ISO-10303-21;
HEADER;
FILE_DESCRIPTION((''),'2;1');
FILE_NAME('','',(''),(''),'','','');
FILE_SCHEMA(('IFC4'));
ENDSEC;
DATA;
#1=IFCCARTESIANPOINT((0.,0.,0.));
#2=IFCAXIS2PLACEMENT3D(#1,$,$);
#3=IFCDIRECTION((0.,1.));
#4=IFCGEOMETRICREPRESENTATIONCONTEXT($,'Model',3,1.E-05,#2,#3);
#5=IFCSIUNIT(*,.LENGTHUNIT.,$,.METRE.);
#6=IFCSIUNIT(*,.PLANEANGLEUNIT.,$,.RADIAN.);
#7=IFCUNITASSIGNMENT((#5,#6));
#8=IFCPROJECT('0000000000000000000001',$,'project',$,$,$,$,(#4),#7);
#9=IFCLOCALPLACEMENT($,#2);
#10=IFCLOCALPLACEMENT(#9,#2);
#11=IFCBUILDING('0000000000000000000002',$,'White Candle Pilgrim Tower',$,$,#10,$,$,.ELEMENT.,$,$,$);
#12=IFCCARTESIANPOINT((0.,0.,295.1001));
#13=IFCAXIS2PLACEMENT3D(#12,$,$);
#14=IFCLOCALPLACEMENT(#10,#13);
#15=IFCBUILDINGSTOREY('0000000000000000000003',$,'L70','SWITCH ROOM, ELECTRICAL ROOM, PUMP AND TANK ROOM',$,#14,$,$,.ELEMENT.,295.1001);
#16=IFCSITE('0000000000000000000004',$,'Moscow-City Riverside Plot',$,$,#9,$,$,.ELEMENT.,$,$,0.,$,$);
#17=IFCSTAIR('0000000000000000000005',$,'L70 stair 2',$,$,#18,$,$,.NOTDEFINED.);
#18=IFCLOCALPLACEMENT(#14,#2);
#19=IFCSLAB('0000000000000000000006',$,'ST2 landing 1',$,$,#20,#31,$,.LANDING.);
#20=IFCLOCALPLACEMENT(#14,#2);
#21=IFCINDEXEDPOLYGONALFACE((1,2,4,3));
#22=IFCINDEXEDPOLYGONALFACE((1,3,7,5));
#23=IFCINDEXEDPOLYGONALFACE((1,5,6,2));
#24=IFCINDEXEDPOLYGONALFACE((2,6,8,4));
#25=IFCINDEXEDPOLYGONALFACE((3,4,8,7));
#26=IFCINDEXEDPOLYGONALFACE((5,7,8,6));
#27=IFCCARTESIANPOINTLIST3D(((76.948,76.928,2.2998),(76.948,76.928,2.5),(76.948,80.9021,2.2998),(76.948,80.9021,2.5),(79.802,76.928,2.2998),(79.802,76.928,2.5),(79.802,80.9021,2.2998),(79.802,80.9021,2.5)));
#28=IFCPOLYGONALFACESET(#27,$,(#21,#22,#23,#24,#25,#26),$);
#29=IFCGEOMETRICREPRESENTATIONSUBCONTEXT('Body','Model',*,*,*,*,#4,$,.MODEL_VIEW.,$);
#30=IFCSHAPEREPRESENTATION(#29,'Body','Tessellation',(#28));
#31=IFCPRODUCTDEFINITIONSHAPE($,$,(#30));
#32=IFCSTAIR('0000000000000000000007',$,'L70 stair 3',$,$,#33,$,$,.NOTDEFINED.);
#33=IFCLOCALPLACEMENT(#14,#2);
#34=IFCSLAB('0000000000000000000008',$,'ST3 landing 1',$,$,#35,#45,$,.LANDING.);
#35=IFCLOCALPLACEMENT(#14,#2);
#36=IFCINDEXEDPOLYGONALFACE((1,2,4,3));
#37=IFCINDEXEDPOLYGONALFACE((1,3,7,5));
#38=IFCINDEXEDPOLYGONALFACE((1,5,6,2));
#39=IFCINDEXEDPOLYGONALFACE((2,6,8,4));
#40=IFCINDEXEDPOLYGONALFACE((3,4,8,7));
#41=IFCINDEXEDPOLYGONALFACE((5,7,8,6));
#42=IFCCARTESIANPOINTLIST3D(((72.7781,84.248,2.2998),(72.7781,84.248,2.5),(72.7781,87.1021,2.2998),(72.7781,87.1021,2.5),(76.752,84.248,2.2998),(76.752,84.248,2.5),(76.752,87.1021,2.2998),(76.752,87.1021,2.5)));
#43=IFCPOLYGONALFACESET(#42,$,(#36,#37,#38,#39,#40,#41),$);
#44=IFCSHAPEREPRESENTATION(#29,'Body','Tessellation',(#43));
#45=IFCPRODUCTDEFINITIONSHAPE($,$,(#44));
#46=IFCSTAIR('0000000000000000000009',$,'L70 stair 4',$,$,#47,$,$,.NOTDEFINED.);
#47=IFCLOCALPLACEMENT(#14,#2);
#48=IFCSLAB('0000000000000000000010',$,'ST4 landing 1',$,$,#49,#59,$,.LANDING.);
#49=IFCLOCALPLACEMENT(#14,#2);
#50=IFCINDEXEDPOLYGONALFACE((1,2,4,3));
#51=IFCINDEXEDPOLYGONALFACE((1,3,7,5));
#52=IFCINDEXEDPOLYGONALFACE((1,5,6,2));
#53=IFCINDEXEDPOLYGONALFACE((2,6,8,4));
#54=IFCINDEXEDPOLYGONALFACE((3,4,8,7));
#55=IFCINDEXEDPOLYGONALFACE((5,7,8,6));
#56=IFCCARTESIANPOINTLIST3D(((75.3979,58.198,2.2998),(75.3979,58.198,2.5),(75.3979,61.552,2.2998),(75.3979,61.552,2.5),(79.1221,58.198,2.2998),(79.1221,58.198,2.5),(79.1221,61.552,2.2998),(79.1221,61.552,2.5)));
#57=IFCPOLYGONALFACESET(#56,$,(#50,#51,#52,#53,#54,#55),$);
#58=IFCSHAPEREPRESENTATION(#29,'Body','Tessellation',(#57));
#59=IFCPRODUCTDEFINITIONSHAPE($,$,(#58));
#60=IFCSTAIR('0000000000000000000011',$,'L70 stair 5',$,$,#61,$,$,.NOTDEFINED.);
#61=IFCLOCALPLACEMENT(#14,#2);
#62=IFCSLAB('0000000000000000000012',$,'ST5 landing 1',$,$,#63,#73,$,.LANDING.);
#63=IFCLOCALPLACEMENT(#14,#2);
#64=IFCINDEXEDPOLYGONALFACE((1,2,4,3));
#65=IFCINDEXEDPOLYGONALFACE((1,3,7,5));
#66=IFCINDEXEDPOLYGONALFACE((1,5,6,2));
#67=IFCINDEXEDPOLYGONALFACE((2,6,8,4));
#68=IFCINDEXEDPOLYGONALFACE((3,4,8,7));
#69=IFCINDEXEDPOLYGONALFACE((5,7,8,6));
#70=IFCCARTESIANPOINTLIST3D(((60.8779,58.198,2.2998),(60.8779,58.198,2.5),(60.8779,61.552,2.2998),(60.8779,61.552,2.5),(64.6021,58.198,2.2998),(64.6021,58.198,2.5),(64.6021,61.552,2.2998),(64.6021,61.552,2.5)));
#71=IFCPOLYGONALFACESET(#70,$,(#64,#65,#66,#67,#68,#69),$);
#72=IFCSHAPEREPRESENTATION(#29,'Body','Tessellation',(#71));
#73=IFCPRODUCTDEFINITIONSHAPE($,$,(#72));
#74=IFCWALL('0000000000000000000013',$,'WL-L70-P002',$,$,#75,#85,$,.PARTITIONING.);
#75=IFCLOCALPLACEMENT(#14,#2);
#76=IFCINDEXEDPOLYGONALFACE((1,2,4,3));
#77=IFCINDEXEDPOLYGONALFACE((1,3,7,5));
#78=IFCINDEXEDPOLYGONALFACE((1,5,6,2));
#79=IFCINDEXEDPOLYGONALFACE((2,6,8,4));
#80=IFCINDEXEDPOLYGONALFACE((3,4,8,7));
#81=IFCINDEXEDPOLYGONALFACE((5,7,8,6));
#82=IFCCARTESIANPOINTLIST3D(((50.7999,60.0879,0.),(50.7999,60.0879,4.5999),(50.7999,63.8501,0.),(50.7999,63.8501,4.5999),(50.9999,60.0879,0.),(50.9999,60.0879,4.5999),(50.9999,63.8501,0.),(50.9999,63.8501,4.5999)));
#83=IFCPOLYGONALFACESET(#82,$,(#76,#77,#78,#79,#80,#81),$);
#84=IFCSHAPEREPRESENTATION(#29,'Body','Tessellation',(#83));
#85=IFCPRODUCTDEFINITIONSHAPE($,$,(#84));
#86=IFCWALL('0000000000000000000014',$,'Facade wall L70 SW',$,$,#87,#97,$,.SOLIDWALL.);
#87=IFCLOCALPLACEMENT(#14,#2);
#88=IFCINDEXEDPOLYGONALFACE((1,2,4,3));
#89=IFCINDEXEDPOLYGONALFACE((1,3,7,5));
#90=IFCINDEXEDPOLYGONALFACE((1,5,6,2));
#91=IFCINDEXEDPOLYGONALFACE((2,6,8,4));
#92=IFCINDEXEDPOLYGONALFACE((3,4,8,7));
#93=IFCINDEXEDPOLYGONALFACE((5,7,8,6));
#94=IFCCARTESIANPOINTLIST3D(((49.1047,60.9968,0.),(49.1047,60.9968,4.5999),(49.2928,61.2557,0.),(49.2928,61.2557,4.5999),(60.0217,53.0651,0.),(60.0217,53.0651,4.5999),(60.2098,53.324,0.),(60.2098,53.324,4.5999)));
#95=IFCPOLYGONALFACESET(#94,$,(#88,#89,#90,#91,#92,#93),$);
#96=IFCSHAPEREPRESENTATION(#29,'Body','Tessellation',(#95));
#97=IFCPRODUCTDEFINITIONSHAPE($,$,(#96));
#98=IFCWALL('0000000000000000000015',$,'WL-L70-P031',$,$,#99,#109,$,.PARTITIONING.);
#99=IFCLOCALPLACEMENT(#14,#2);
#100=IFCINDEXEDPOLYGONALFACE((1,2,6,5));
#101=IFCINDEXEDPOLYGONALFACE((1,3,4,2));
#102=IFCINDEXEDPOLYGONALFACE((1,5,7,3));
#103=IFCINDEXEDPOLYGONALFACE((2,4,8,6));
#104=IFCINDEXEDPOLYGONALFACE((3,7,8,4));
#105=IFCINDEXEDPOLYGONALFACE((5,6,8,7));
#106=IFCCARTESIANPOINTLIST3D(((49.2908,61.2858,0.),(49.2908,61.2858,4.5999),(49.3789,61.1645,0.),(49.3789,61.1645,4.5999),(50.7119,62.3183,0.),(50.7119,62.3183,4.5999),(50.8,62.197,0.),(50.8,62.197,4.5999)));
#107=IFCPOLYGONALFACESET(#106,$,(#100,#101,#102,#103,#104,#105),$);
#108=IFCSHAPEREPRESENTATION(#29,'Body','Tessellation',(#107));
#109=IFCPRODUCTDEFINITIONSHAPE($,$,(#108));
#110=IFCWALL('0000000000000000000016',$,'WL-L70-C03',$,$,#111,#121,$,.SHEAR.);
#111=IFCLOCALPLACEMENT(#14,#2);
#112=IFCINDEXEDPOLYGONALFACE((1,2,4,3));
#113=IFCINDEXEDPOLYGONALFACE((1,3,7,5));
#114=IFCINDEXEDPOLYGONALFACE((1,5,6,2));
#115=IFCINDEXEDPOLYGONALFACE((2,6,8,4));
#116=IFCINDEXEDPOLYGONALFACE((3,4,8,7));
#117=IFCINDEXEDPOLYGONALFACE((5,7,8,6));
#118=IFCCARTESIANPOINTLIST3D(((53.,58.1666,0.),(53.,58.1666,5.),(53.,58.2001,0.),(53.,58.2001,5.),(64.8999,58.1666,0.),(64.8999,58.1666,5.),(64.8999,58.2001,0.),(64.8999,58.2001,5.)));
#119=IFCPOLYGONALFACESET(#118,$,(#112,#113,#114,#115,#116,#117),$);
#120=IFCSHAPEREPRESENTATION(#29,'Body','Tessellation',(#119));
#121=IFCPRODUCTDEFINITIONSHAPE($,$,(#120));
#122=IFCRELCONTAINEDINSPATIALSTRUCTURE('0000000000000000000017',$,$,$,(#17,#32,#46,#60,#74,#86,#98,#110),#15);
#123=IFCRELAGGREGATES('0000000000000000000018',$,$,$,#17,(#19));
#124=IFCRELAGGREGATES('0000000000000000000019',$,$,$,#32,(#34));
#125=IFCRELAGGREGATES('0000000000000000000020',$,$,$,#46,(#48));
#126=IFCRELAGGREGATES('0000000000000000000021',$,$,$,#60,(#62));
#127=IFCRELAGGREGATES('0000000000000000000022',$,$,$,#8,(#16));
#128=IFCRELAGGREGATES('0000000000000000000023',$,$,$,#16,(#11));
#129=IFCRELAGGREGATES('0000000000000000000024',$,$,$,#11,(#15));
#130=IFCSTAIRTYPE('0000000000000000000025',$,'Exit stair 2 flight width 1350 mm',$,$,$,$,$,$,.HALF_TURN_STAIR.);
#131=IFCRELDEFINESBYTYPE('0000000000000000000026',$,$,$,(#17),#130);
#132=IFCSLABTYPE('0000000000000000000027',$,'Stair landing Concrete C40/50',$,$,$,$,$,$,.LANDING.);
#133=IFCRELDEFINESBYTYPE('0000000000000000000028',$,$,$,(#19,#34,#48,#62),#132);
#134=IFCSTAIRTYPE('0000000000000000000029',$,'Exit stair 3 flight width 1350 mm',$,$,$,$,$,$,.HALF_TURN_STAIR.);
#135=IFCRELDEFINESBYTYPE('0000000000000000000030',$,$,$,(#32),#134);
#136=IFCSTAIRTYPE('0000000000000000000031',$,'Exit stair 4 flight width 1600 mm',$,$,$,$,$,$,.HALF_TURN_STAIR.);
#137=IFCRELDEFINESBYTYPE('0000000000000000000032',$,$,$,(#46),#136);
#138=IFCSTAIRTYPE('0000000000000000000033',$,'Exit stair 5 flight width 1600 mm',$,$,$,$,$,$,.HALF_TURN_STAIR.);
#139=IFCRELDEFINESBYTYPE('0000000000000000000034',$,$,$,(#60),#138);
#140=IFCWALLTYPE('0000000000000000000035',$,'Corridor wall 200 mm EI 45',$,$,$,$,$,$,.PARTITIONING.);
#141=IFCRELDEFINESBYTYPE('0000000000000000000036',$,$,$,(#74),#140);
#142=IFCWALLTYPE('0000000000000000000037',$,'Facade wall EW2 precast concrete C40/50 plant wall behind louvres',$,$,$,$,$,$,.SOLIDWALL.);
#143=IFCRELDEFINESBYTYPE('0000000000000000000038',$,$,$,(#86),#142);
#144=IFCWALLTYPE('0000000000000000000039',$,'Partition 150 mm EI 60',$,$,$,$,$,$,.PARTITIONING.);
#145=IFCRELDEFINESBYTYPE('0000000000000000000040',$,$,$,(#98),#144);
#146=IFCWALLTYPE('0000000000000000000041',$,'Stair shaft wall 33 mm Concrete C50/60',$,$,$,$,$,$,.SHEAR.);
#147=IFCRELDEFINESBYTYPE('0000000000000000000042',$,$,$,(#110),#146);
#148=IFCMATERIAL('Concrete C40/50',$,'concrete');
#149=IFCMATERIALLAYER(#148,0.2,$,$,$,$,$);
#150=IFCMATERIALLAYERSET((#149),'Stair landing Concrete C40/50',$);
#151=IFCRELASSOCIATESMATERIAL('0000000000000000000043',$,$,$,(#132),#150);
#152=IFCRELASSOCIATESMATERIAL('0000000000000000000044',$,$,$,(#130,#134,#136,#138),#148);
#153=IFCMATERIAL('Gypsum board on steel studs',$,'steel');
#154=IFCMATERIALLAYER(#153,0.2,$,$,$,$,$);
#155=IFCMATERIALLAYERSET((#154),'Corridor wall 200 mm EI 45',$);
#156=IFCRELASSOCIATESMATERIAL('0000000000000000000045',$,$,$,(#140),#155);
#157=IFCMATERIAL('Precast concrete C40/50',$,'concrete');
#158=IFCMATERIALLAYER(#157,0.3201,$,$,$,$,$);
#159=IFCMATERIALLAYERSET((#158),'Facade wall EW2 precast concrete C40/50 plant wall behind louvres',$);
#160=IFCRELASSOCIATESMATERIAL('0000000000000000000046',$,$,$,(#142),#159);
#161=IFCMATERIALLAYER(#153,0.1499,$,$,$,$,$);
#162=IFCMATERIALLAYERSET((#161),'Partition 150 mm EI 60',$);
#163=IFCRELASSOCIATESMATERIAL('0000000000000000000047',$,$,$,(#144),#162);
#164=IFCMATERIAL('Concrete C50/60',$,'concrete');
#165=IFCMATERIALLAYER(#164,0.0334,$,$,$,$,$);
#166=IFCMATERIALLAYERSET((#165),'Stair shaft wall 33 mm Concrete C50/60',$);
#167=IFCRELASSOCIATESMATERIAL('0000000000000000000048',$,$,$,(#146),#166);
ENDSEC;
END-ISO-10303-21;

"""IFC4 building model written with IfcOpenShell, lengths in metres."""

from ifc_helpers import new_model, si_unit, direction, frame, frame_2d, origin, place, context, subcontext, project, spatial, polyline, rectangle, outline, extrude, material, layer, layer_set, type_object, element, aggregate, save


model = new_model("IFC4")

# Units and contexts
model_context = context("Model", 3, precision=1e-05, world=origin(), true_north=direction((0.0, 1.0)))
body_context = subcontext(model_context, "Body", "Model", "MODEL_VIEW")
ifc_project = project(units=[si_unit("LENGTHUNIT", "METRE"), si_unit("PLANEANGLEUNIT", "RADIAN")], contexts=[model_context])

# Site, building, storey
site_placement = place(None, origin())
site = spatial("IfcSite", under=ifc_project, at=site_placement, Name="Moscow-City Riverside Plot", CompositionType="ELEMENT", RefElevation=0.0)
building_placement = place(site_placement, origin())
building = spatial("IfcBuilding", under=site, at=building_placement, Name="White Candle Pilgrim Tower", CompositionType="ELEMENT")
storey_placement = place(building_placement, frame((0.0, 0.0, 295.1001)))
storey = spatial("IfcBuildingStorey", under=building, at=storey_placement, Name="L70", Description="SWITCH ROOM, ELECTRICAL ROOM, PUMP AND TANK ROOM", CompositionType="ELEMENT", Elevation=295.1001)

# Shared definitions
ifc_material_1 = material(Name="Concrete C40/50", Category="concrete")

# Stairs, slabs
ifc_layer_1 = layer(ifc_material_1, 0.2)
ifc_layer_set_1 = layer_set([ifc_layer_1], Name="Stair landing Concrete C40/50")
slab_type_1 = type_object("IfcSlabType", Name="Stair landing Concrete C40/50", PredefinedType="LANDING", material=ifc_layer_set_1)
stair_type_1 = type_object("IfcStairType", Name="Exit stair 2 flight width 1350 mm", PredefinedType="HALF_TURN_STAIR", material=ifc_material_1)
stair_1_placement = place(storey_placement, origin())
stair_1 = element("IfcStair", 1, at=stair_1_placement, inside=storey, type_object=stair_type_1, Name="L70 stair 2", PredefinedType="NOTDEFINED")
slab_1_placement = place(storey_placement, frame((0.0, 0.0, 2.2998)))
slab_1 = element("IfcSlab", 2, at=slab_1_placement, type_object=slab_type_1, Name="ST2 landing 1", PredefinedType="LANDING", context=body_context, shape_type="SweptSolid", body=[
    extrude(outline(polyline([(79.802, 76.928), (76.948, 76.928), (76.948, 80.9021), (79.802, 80.9021), (79.802, 76.928)])), origin(), (0.0, 0.0, 1.0), 0.2002),
])
aggregate(stair_1, [slab_1])
stair_type_2 = type_object("IfcStairType", Name="Exit stair 3 flight width 1350 mm", PredefinedType="HALF_TURN_STAIR", material=ifc_material_1)
stair_2_placement = place(storey_placement, origin())
stair_2 = element("IfcStair", 3, at=stair_2_placement, inside=storey, type_object=stair_type_2, Name="L70 stair 3", PredefinedType="NOTDEFINED")
slab_2_placement = place(storey_placement, frame((0.0, 0.0, 2.2998)))
slab_2 = element("IfcSlab", 4, at=slab_2_placement, type_object=slab_type_1, Name="ST3 landing 1", PredefinedType="LANDING", context=body_context, shape_type="SweptSolid", body=[
    extrude(outline(polyline([(72.7781, 84.248), (72.7781, 87.1021), (76.752, 87.1021), (76.752, 84.248), (72.7781, 84.248)])), origin(), (0.0, 0.0, 1.0), 0.2002),
])
aggregate(stair_2, [slab_2])
stair_type_3 = type_object("IfcStairType", Name="Exit stair 4 flight width 1600 mm", PredefinedType="HALF_TURN_STAIR", material=ifc_material_1)
stair_3_placement = place(storey_placement, origin())
stair_3 = element("IfcStair", 5, at=stair_3_placement, inside=storey, type_object=stair_type_3, Name="L70 stair 4", PredefinedType="NOTDEFINED")
slab_3_placement = place(storey_placement, frame((0.0, 0.0, 2.2998)))
slab_3 = element("IfcSlab", 6, at=slab_3_placement, type_object=slab_type_1, Name="ST4 landing 1", PredefinedType="LANDING", context=body_context, shape_type="SweptSolid", body=[
    extrude(outline(polyline([(79.1221, 61.552), (79.1221, 58.198), (75.3979, 58.198), (75.3979, 61.552), (79.1221, 61.552)])), origin(), (0.0, 0.0, 1.0), 0.2002),
])
aggregate(stair_3, [slab_3])
stair_type_4 = type_object("IfcStairType", Name="Exit stair 5 flight width 1600 mm", PredefinedType="HALF_TURN_STAIR", material=ifc_material_1)
stair_4_placement = place(storey_placement, origin())
stair_4 = element("IfcStair", 7, at=stair_4_placement, inside=storey, type_object=stair_type_4, Name="L70 stair 5", PredefinedType="NOTDEFINED")
slab_4_placement = place(storey_placement, frame((0.0, 0.0, 2.2998)))
slab_4 = element("IfcSlab", 8, at=slab_4_placement, type_object=slab_type_1, Name="ST5 landing 1", PredefinedType="LANDING", context=body_context, shape_type="SweptSolid", body=[
    extrude(outline(polyline([(60.8779, 58.198), (60.8779, 61.552), (64.6021, 61.552), (64.6021, 58.198), (60.8779, 58.198)])), origin(), (0.0, 0.0, 1.0), 0.2002),
])
aggregate(stair_4, [slab_4])

# Walls
ifc_material_2 = material(Name="Gypsum board on steel studs", Category="steel")
ifc_layer_2 = layer(ifc_material_2, 0.2)
ifc_layer_set_2 = layer_set([ifc_layer_2], Name="Corridor wall 200 mm EI 45")
wall_type_1 = type_object("IfcWallType", Name="Corridor wall 200 mm EI 45", PredefinedType="PARTITIONING", material=ifc_layer_set_2)
wall_1_placement = place(storey_placement, frame((50.8999, 60.0879, 0.0), z_axis=(0.0, 0.0, 1.0), x_axis=(0.0, 1.0, 0.0)))
element("IfcWall", 9, at=wall_1_placement, inside=storey, type_object=wall_type_1, Name="WL-L70-P002", PredefinedType="PARTITIONING", context=body_context, shape_type="SweptSolid", body=[
    extrude(rectangle(XDim=3.7622, YDim=0.2, at=frame_2d((1.8811, 0.0))), origin(), (0.0, 0.0, 1.0), 4.5999),
])
ifc_material_3 = material(Name="Precast concrete C40/50", Category="concrete")
ifc_layer_3 = layer(ifc_material_3, 0.3201)
ifc_layer_set_3 = layer_set([ifc_layer_3], Name="Facade wall EW2 precast concrete C40/50 plant wall behind louvres")
wall_type_2 = type_object("IfcWallType", Name="Facade wall EW2 precast concrete C40/50 plant wall behind louvres", PredefinedType="SOLIDWALL", material=ifc_layer_set_3)
wall_2_placement = place(storey_placement, frame((49.1987, 61.1262, 0.0), z_axis=(0.0, 0.0, 1.0), x_axis=(0.809018, -0.587784, 0.0)))
element("IfcWall", 10, at=wall_2_placement, inside=storey, type_object=wall_type_2, Name="Facade wall L70 SW", PredefinedType="SOLIDWALL", context=body_context, shape_type="SweptSolid", body=[
    extrude(rectangle(XDim=13.4941, YDim=0.3201, at=frame_2d((6.7471, 0.0))), origin(), (0.0, 0.0, 1.0), 4.5999),
])
ifc_layer_4 = layer(ifc_material_2, 0.1499)
ifc_layer_set_4 = layer_set([ifc_layer_4], Name="Partition 150 mm EI 60")
wall_type_3 = type_object("IfcWallType", Name="Partition 150 mm EI 60", PredefinedType="PARTITIONING", material=ifc_layer_set_4)
wall_3_placement = place(storey_placement, frame((49.3347, 61.2251, 0.0), z_axis=(0.0, 0.0, 1.0), x_axis=(0.80903, 0.587767, 0.0)))
element("IfcWall", 11, at=wall_3_placement, inside=storey, type_object=wall_type_3, Name="WL-L70-P031", PredefinedType="PARTITIONING", context=body_context, shape_type="SweptSolid", body=[
    extrude(rectangle(XDim=1.7566, YDim=0.1499, at=frame_2d((0.8784, 0.0))), origin(), (0.0, 0.0, 1.0), 4.5999),
])
ifc_material_4 = material(Name="Concrete C50/60", Category="concrete")
ifc_layer_5 = layer(ifc_material_4, 0.0334)
ifc_layer_set_5 = layer_set([ifc_layer_5], Name="Stair shaft wall 33 mm Concrete C50/60")
wall_type_4 = type_object("IfcWallType", Name="Stair shaft wall 33 mm Concrete C50/60", PredefinedType="SHEAR", material=ifc_layer_set_5)
wall_4_placement = place(storey_placement, frame((53.0, 58.1833, 0.0), z_axis=(0.0, 0.0, 1.0), x_axis=(1.0, 0.0, 0.0)))
element("IfcWall", 12, at=wall_4_placement, inside=storey, type_object=wall_type_4, Name="WL-L70-C03", PredefinedType="SHEAR", context=body_context, shape_type="SweptSolid", body=[
    extrude(rectangle(XDim=11.8999, YDim=0.0334, at=frame_2d((5.95, 0.0))), origin(), (0.0, 0.0, 1.0), 5.0),
])

save(model, "model.ifc")
